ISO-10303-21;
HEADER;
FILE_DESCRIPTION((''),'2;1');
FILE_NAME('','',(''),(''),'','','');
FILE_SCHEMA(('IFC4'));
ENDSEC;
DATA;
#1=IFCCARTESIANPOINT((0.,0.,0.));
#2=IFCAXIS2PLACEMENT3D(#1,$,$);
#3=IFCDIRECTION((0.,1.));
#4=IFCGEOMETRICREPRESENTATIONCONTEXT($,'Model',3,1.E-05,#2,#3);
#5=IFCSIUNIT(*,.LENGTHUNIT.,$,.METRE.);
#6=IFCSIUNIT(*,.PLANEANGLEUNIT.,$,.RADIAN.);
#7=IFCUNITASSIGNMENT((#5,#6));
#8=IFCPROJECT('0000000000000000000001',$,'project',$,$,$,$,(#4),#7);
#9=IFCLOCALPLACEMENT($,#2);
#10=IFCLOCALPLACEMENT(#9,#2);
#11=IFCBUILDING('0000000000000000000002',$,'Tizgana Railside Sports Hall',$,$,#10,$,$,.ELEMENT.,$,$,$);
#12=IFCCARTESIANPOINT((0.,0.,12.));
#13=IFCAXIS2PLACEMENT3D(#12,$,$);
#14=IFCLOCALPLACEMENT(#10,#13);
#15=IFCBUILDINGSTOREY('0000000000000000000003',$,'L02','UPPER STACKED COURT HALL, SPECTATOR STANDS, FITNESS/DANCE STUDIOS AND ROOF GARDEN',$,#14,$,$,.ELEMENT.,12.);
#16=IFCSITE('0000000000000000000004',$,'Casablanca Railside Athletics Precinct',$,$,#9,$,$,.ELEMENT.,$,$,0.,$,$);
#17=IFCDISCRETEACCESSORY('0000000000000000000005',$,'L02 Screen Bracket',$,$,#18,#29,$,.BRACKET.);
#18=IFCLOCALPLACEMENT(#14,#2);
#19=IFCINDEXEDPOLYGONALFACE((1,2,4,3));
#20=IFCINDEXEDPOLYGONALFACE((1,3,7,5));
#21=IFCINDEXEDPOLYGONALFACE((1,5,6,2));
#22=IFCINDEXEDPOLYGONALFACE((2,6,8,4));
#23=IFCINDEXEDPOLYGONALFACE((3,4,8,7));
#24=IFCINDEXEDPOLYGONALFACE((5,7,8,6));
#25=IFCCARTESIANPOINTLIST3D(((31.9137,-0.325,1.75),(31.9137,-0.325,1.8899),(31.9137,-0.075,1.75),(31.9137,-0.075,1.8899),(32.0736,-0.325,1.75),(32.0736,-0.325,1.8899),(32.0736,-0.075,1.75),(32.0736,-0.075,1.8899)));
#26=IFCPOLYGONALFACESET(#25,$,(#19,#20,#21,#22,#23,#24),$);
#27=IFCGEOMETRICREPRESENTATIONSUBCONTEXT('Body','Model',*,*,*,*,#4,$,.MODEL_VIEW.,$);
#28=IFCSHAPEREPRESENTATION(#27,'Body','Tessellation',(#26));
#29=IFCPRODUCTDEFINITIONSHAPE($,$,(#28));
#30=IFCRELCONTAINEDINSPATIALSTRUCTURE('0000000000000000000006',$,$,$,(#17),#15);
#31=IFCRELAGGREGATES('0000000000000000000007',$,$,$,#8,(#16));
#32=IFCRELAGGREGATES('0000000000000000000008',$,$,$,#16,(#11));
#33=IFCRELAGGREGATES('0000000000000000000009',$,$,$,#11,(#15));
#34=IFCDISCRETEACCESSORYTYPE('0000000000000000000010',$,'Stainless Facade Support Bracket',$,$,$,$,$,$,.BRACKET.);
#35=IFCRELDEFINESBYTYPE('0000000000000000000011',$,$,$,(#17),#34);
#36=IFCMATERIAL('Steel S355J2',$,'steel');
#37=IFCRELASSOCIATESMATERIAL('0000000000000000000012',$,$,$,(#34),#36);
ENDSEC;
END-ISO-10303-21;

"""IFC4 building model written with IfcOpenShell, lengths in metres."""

from ifc_helpers import new_model, si_unit, direction, frame, origin, origin_2d, place, context, subcontext, project, spatial, rectangle, extrude, material, type_object, element, save


model = new_model("IFC4")

# Units and contexts
model_context = context("Model", 3, precision=1e-05, world=origin(), true_north=direction((0.0, 1.0)))
body_context = subcontext(model_context, "Body", "Model", "MODEL_VIEW")
ifc_project = project(units=[si_unit("LENGTHUNIT", "METRE"), si_unit("PLANEANGLEUNIT", "RADIAN")], contexts=[model_context])

# Site, building, storey
site_placement = place(None, origin())
site = spatial("IfcSite", under=ifc_project, at=site_placement, Name="Casablanca Railside Athletics Precinct", CompositionType="ELEMENT", RefElevation=0.0)
building_placement = place(site_placement, origin())
building = spatial("IfcBuilding", under=site, at=building_placement, Name="Tizgana Railside Sports Hall", CompositionType="ELEMENT")
storey_placement = place(building_placement, frame((0.0, 0.0, 12.0)))
storey = spatial("IfcBuildingStorey", under=building, at=storey_placement, Name="L02", Description="UPPER STACKED COURT HALL, SPECTATOR STANDS, FITNESS/DANCE STUDIOS AND ROOF GARDEN", CompositionType="ELEMENT", Elevation=12.0)

# Discrete accessory
ifc_material_1 = material(Name="Steel S355J2", Category="steel")
discrete_accessory_type = type_object("IfcDiscreteAccessoryType", Name="Stainless Facade Support Bracket", PredefinedType="BRACKET", material=ifc_material_1)
for number, where, z_axis, x_axis, name in (
    (1, (31.9937, -0.2, 1.75), (0.0, 0.0, 1.0), (-1.0, 0.0, 0.0), "L02 Screen Bracket"),
):
    element("IfcDiscreteAccessory", number, at=place(storey_placement, frame(where, z_axis=z_axis, x_axis=x_axis)), inside=storey, type_object=discrete_accessory_type, Name=name, PredefinedType="BRACKET", context=body_context, shape_type="SweptSolid", body=[
        extrude(rectangle(XDim=0.1599, YDim=0.25, at=origin_2d()), origin(), (0.0, 0.0, 1.0), 0.1399),
    ])

save(model, "model.ifc")
